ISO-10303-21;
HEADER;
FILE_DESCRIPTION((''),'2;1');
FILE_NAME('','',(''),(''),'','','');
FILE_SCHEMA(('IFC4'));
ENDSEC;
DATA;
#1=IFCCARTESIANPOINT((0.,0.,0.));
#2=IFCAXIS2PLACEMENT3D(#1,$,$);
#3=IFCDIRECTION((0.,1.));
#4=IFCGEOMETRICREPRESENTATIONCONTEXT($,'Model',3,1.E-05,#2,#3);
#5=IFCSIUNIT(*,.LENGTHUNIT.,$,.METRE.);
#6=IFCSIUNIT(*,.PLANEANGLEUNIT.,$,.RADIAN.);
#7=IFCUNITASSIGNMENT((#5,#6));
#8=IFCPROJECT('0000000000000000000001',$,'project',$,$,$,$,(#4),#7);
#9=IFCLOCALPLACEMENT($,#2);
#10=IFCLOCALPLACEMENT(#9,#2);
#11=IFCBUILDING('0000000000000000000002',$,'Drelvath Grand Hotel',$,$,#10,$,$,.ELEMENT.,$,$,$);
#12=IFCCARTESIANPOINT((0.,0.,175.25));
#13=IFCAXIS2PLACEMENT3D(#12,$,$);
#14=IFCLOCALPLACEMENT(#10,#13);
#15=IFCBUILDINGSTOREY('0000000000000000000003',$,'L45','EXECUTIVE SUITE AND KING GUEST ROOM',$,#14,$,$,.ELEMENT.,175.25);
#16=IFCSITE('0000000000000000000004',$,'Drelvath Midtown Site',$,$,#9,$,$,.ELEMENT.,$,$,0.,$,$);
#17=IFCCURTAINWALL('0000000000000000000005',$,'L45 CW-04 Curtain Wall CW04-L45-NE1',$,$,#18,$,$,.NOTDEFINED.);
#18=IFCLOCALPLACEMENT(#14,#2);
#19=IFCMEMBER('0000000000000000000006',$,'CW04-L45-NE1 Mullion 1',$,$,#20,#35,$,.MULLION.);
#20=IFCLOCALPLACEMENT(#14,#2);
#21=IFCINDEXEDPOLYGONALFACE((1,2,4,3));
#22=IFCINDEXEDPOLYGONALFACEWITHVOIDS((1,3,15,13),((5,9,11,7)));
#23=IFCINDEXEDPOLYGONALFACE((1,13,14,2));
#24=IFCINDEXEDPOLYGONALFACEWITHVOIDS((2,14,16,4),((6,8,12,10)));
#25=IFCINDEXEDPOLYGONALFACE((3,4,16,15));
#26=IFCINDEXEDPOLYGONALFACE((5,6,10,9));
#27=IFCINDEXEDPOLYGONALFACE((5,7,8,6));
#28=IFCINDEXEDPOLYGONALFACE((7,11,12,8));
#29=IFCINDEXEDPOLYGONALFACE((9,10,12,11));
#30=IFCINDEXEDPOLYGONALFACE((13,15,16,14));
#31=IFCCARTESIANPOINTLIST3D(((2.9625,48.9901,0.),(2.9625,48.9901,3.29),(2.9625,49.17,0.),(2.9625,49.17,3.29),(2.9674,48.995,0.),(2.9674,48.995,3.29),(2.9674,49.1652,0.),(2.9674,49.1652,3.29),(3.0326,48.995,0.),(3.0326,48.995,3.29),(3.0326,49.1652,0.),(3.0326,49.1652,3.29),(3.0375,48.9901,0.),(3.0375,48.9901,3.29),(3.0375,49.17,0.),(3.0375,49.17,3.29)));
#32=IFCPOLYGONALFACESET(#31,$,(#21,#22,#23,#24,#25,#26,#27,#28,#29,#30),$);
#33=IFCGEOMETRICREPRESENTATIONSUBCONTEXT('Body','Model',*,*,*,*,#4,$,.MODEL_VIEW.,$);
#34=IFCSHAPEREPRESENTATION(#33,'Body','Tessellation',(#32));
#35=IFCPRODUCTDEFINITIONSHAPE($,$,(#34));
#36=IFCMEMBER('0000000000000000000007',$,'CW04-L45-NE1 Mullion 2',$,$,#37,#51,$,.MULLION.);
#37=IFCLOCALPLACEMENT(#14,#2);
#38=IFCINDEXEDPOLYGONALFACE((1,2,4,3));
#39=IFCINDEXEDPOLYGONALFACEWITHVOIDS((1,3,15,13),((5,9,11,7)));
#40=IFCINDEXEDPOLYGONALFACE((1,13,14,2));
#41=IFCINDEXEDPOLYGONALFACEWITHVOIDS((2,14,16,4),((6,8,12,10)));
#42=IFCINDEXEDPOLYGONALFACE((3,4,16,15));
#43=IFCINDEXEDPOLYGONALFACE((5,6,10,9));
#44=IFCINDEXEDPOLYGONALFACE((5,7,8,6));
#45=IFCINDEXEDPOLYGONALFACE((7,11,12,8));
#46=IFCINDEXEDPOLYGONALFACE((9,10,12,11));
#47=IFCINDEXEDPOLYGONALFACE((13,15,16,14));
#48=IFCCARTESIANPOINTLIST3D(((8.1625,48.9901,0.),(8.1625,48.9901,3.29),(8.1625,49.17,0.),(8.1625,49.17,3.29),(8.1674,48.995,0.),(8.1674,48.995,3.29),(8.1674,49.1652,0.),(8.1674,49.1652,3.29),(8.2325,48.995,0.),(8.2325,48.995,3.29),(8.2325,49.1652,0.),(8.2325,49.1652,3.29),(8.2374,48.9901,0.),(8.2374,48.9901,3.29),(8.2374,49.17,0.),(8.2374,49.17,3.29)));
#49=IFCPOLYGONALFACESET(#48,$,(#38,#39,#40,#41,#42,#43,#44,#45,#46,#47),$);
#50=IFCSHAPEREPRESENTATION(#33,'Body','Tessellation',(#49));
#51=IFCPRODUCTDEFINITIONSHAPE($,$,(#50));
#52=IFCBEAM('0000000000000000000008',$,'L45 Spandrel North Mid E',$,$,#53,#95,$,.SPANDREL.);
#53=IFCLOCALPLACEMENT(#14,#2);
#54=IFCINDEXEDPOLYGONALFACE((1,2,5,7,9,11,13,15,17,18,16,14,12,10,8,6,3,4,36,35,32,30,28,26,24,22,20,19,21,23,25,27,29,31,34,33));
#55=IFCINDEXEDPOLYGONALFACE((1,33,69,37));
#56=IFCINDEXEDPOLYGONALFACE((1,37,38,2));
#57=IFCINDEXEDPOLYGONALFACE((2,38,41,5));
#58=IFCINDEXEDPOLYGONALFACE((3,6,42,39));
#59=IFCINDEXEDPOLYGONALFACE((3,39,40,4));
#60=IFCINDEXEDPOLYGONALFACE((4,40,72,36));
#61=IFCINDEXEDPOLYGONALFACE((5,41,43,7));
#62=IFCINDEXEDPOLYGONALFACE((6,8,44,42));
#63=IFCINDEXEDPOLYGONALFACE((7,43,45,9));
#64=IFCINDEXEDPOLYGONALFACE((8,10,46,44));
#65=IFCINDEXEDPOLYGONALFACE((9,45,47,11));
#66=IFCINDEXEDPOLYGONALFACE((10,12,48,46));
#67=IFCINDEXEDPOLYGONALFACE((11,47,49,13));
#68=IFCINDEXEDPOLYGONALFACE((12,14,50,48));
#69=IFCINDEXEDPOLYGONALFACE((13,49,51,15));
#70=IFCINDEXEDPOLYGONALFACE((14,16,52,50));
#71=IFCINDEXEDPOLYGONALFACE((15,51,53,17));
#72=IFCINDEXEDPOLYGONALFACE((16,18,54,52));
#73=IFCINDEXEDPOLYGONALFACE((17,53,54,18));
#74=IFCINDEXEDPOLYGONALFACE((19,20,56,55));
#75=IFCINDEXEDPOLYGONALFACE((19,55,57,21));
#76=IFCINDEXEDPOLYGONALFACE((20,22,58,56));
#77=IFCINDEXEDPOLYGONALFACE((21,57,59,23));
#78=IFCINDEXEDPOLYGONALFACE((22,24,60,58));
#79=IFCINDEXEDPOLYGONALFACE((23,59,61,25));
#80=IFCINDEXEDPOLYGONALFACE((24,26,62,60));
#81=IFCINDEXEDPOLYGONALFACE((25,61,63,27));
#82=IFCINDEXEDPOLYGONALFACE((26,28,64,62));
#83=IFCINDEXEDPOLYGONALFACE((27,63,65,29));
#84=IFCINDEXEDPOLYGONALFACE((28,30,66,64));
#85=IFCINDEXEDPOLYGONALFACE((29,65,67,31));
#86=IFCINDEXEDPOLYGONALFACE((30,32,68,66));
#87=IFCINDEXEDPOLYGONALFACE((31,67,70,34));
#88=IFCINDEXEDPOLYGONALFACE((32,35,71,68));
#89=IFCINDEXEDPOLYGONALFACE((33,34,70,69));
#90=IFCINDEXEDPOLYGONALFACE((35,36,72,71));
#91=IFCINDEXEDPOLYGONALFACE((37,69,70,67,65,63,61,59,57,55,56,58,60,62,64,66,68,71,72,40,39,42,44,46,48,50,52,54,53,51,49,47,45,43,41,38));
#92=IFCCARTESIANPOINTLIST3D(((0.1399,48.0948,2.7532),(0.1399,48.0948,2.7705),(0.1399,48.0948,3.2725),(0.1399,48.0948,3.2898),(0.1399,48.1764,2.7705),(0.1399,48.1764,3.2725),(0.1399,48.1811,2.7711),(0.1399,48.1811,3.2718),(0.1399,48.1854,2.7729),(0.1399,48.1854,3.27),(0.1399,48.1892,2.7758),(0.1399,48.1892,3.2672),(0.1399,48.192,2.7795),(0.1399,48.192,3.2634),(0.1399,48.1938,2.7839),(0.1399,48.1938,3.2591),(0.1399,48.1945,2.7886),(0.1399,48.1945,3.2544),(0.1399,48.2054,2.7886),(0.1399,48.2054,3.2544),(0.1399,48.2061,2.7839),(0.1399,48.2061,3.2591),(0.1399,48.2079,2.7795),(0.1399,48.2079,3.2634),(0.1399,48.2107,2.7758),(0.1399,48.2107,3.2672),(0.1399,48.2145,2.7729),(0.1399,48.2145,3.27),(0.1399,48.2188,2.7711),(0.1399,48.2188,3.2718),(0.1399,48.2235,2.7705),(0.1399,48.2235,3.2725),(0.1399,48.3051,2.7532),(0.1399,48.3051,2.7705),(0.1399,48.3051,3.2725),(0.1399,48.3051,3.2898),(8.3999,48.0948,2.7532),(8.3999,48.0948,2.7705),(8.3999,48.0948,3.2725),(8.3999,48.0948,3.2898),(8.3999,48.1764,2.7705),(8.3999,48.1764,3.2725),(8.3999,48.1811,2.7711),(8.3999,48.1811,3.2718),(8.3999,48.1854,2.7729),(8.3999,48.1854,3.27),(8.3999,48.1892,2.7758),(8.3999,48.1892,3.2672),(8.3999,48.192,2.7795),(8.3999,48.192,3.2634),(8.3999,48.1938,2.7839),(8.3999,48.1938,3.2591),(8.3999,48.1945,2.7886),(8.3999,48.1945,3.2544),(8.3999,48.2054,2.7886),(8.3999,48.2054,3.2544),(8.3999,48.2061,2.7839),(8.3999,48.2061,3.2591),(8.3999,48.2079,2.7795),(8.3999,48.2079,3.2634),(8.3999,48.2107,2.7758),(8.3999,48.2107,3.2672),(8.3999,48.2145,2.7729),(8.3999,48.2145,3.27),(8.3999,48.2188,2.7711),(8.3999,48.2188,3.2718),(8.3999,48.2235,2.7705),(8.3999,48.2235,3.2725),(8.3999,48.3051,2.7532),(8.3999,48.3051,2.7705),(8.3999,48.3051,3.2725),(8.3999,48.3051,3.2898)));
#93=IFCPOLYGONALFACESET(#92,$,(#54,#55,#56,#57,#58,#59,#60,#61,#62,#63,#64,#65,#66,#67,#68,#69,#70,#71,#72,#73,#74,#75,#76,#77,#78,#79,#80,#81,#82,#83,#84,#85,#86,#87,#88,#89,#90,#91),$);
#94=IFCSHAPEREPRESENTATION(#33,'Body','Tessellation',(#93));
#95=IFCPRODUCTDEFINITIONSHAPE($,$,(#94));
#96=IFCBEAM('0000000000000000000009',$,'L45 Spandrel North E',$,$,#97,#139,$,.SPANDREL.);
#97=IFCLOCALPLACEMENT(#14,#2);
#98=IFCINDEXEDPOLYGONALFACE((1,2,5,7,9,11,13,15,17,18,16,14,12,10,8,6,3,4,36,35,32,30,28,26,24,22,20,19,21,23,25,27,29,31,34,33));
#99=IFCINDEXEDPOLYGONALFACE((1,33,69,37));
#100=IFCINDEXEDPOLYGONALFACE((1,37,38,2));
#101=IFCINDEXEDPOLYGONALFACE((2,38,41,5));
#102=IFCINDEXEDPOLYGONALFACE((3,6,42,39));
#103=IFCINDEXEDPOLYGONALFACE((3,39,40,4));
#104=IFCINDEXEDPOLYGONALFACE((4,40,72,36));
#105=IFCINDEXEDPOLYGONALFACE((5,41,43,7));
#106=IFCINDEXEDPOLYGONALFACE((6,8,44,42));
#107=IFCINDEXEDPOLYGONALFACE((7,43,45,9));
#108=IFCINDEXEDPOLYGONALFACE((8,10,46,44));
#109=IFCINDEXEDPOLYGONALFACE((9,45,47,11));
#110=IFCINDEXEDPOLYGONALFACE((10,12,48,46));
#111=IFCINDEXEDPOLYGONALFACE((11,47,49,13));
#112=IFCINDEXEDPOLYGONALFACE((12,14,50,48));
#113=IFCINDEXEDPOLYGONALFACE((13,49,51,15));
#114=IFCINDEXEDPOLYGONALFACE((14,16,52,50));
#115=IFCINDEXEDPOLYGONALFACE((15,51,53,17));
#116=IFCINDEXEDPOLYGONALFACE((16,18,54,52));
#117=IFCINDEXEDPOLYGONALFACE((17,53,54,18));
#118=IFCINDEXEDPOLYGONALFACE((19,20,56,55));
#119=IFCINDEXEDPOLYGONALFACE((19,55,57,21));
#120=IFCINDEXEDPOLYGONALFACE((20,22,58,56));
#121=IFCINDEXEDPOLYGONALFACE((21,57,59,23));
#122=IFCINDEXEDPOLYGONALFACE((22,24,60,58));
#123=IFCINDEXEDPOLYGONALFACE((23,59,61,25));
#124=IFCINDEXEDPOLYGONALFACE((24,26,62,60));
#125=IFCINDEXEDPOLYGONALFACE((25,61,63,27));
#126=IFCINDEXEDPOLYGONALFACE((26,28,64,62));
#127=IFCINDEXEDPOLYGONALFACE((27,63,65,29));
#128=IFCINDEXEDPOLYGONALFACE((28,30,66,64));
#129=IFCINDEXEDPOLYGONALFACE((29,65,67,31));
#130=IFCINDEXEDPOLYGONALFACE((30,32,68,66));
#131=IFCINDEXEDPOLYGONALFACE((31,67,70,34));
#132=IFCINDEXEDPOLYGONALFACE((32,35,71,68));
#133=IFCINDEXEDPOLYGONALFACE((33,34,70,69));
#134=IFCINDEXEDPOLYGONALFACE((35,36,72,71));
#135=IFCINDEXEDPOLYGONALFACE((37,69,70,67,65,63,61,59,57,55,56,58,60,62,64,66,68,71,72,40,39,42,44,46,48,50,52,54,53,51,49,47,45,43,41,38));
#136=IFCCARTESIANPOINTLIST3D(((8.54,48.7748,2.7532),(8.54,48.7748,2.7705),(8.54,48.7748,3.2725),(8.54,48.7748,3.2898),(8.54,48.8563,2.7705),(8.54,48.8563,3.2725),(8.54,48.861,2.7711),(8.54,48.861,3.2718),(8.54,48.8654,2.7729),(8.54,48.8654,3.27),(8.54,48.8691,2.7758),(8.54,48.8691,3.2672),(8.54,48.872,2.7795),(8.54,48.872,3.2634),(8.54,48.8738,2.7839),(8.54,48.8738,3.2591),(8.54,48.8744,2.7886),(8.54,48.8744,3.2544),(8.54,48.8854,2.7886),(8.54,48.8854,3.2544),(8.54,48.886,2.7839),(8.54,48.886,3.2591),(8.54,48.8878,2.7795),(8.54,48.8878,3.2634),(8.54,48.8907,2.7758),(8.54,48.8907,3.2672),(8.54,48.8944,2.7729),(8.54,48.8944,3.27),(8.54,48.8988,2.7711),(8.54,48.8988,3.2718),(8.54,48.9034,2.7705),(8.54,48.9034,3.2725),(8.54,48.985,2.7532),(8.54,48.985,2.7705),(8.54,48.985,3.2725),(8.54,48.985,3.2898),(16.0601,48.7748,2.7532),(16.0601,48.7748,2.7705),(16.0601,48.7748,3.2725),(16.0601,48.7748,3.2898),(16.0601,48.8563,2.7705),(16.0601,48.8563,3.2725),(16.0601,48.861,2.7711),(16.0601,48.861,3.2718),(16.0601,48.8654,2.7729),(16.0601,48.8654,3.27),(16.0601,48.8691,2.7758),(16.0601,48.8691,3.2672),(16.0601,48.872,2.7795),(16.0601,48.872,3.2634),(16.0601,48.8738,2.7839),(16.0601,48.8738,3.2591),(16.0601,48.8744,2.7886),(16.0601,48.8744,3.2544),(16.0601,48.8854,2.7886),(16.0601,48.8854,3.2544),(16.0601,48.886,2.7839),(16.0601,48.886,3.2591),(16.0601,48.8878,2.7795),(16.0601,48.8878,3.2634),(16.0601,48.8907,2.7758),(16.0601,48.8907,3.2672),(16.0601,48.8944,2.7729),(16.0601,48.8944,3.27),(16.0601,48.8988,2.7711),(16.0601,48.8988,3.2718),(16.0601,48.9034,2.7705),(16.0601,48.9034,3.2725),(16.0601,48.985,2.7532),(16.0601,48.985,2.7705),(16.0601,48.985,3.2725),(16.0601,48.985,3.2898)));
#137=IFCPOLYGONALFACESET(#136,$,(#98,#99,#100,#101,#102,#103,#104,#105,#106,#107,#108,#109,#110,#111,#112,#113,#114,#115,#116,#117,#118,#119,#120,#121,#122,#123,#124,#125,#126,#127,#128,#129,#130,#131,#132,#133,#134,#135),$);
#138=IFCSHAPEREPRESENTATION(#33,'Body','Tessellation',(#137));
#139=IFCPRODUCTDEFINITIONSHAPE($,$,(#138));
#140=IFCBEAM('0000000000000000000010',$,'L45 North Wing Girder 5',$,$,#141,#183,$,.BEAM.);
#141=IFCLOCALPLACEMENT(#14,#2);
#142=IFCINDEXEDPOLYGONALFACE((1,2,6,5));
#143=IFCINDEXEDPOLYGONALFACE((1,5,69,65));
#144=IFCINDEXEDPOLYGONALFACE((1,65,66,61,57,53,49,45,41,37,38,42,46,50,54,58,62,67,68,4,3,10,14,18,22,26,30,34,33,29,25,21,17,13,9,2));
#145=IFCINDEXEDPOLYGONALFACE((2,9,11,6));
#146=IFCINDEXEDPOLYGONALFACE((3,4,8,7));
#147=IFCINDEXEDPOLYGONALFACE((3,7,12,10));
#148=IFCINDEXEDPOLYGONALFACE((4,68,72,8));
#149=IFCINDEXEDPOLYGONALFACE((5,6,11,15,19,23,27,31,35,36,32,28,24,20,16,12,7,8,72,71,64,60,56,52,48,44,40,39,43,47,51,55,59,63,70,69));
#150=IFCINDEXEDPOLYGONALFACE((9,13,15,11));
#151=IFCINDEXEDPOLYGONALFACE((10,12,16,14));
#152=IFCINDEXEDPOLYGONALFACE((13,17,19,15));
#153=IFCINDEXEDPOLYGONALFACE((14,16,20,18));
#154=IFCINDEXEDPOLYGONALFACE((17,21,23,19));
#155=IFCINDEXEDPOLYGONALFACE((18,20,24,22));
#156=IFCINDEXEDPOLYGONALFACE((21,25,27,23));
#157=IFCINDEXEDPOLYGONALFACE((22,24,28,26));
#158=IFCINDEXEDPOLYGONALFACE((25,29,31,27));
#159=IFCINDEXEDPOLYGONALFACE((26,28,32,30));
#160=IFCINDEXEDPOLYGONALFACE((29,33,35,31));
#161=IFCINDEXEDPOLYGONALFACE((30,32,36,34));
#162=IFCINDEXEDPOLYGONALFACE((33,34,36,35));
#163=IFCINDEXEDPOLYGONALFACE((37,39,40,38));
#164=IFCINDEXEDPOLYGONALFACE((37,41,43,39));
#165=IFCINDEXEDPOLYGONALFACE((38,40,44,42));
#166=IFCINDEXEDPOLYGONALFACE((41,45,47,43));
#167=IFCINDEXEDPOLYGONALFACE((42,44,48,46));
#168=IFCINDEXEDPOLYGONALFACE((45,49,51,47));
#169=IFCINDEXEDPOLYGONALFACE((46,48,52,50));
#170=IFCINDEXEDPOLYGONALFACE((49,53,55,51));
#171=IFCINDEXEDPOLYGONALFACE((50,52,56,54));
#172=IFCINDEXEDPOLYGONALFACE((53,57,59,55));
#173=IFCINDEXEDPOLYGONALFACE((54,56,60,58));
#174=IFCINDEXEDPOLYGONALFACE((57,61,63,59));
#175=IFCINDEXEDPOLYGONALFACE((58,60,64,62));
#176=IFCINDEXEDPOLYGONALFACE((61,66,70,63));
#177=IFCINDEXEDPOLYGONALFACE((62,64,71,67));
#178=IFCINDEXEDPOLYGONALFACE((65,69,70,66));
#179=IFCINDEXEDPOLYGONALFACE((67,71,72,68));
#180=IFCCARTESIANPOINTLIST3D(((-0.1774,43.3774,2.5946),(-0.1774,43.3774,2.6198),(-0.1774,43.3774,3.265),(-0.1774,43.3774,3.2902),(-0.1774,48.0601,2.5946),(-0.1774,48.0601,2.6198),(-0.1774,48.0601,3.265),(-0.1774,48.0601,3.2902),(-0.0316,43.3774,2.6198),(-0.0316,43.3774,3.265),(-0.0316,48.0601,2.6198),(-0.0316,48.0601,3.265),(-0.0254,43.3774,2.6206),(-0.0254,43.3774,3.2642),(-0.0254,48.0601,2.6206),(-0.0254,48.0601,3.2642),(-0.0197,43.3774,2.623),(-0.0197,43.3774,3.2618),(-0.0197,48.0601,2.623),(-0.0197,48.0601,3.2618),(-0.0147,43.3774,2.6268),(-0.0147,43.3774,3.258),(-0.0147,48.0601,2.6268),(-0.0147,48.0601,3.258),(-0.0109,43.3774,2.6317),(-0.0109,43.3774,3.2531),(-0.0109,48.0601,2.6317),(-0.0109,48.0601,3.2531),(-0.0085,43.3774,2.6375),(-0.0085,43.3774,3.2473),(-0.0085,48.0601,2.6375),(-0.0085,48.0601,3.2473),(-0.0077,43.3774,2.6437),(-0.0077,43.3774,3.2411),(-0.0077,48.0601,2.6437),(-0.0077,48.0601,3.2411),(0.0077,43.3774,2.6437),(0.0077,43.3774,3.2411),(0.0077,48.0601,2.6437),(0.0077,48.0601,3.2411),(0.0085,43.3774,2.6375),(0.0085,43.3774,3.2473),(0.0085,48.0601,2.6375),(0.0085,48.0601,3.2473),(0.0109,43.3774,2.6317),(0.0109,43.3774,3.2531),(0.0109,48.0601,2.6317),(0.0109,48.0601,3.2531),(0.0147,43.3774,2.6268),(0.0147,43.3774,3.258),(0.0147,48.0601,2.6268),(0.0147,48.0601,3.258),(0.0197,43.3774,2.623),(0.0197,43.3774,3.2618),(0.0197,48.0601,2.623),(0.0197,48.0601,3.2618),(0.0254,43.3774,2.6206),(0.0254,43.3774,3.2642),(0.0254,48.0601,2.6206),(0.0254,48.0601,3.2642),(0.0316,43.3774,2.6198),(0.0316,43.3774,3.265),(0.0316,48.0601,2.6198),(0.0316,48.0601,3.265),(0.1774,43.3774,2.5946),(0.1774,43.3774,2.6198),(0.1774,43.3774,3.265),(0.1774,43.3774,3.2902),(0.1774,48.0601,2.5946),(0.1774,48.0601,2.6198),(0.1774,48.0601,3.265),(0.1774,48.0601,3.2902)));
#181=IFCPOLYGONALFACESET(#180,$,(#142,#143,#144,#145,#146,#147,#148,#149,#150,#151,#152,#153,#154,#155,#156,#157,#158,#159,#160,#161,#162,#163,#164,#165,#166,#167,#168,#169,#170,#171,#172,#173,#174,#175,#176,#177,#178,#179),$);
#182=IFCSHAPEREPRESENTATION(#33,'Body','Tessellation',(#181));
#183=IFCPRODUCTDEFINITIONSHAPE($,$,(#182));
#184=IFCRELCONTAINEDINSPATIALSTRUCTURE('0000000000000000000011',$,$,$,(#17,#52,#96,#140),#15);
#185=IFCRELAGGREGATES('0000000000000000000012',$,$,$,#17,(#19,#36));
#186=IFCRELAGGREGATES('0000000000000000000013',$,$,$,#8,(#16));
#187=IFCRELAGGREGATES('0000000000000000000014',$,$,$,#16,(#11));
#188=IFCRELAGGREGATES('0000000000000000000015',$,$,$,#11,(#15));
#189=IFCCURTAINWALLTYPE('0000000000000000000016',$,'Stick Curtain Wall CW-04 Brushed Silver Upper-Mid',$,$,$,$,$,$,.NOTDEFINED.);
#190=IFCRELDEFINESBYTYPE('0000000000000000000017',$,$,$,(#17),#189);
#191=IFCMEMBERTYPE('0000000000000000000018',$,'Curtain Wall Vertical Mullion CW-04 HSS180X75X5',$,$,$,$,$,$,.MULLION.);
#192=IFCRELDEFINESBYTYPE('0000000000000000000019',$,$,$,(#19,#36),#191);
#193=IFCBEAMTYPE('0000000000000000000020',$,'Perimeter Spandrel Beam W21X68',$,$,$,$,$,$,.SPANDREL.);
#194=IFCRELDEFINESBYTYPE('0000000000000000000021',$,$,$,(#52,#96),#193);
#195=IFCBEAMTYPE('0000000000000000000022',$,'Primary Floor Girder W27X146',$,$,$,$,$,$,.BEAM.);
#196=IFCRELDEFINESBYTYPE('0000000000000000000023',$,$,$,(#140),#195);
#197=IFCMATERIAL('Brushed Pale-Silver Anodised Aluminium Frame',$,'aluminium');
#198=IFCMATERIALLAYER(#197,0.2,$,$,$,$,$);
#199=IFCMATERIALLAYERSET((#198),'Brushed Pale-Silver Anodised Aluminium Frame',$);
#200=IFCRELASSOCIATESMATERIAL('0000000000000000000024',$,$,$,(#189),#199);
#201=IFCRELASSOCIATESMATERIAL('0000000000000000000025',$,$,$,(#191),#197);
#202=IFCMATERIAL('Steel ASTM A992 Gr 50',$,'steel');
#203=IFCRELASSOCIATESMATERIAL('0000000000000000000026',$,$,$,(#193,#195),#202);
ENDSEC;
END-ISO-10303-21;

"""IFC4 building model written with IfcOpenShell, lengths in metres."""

from ifc_helpers import new_model, si_unit, direction, frame, origin, origin_2d, place, context, subcontext, project, spatial, hollow_rectangle, i_section, extrude, material, layer, layer_set, material_profile, profile_set, type_object, element, aggregate, save


model = new_model("IFC4")

# Units and contexts
model_context = context("Model", 3, precision=1e-05, world=origin(), true_north=direction((0.0, 1.0)))
body_context = subcontext(model_context, "Body", "Model", "MODEL_VIEW")
ifc_project = project(units=[si_unit("LENGTHUNIT", "METRE"), si_unit("PLANEANGLEUNIT", "RADIAN")], contexts=[model_context])

# Site, building, storey
site_placement = place(None, origin())
site = spatial("IfcSite", under=ifc_project, at=site_placement, Name="Drelvath Midtown Site", CompositionType="ELEMENT", RefElevation=0.0)
building_placement = place(site_placement, origin())
building = spatial("IfcBuilding", under=site, at=building_placement, Name="Drelvath Grand Hotel", CompositionType="ELEMENT")
storey_placement = place(building_placement, frame((0.0, 0.0, 175.25)))
storey = spatial("IfcBuildingStorey", under=building, at=storey_placement, Name="L45", Description="EXECUTIVE SUITE AND KING GUEST ROOM", CompositionType="ELEMENT", Elevation=175.25)

# Curtain wall
ifc_material_1 = material(Name="Brushed Pale-Silver Anodised Aluminium Frame", Category="aluminium")
ifc_layer_1 = layer(ifc_material_1, 0.2)
ifc_layer_set_1 = layer_set([ifc_layer_1], Name="Brushed Pale-Silver Anodised Aluminium Frame")
curtain_wall_type = type_object("IfcCurtainWallType", Name="Stick Curtain Wall CW-04 Brushed Silver Upper-Mid", PredefinedType="NOTDEFINED", material=ifc_layer_set_1)
curtain_wall_1_placement = place(storey_placement, origin())
curtain_wall_1 = element("IfcCurtainWall", 1, at=curtain_wall_1_placement, inside=storey, type_object=curtain_wall_type, Name="L45 CW-04 Curtain Wall CW04-L45-NE1", PredefinedType="NOTDEFINED")
ifc_material_profile_1 = material_profile(ifc_material_1, hollow_rectangle(XDim=0.075, YDim=0.1799, WallThickness=0.0049, at=origin_2d()), Name="HSS180X75X5")
ifc_profile_set_1 = profile_set([ifc_material_profile_1], Name="Brushed Pale-Silver Anodised Aluminium Frame")
member_type_1 = type_object("IfcMemberType", Name="Curtain Wall Vertical Mullion CW-04 HSS180X75X5", PredefinedType="MULLION", material=ifc_profile_set_1)

# Members
member_1_placement = place(storey_placement, frame((3.0, 49.0801, 0.0), z_axis=(0.0, 0.0, 1.0), x_axis=(1.0, 0.0, 0.0)))
member_1 = element("IfcMember", 2, at=member_1_placement, type_object=member_type_1, Name="CW04-L45-NE1 Mullion 1", PredefinedType="MULLION", context=body_context, shape_type="SweptSolid", body=[
    extrude(hollow_rectangle(XDim=0.075, YDim=0.1799, WallThickness=0.0049, at=origin_2d()), origin(), (0.0, 0.0, 1.0), 3.29),
])
member_2_placement = place(storey_placement, frame((8.2, 49.0801, 0.0), z_axis=(0.0, 0.0, 1.0), x_axis=(1.0, 0.0, 0.0)))
member_2 = element("IfcMember", 3, at=member_2_placement, type_object=member_type_1, Name="CW04-L45-NE1 Mullion 2", PredefinedType="MULLION", context=body_context, shape_type="SweptSolid", body=[
    extrude(hollow_rectangle(XDim=0.075, YDim=0.1799, WallThickness=0.0049, at=origin_2d()), origin(), (0.0, 0.0, 1.0), 3.29),
])

# Beams
ifc_material_2 = material(Name="Steel ASTM A992 Gr 50", Category="steel")
ifc_material_profile_2 = material_profile(ifc_material_2, i_section(OverallWidth=0.2102, OverallDepth=0.5366, WebThickness=0.011, FlangeThickness=0.0173, FilletRadius=0.0181, at=origin_2d()), Name="W21X68")
ifc_profile_set_2 = profile_set([ifc_material_profile_2], Name="Steel ASTM A992 Gr 50")
beam_type_1 = type_object("IfcBeamType", Name="Perimeter Spandrel Beam W21X68", PredefinedType="SPANDREL", material=ifc_profile_set_2)
beam_1_placement = place(storey_placement, frame((0.1399, 48.2, 3.0215), z_axis=(1.0, 0.0, 0.0), x_axis=(0.0, 1.0, 0.0)))
element("IfcBeam", 4, at=beam_1_placement, inside=storey, type_object=beam_type_1, Name="L45 Spandrel North Mid E", PredefinedType="SPANDREL", context=body_context, shape_type="SweptSolid", body=[
    extrude(i_section(OverallWidth=0.2102, OverallDepth=0.5366, WebThickness=0.011, FlangeThickness=0.0173, FilletRadius=0.0181, at=origin_2d()), origin(), (0.0, 0.0, 1.0), 8.26),
])
beam_2_placement = place(storey_placement, frame((8.54, 48.8799, 3.0215), z_axis=(1.0, 0.0, 0.0), x_axis=(0.0, 1.0, 0.0)))
element("IfcBeam", 5, at=beam_2_placement, inside=storey, type_object=beam_type_1, Name="L45 Spandrel North E", PredefinedType="SPANDREL", context=body_context, shape_type="SweptSolid", body=[
    extrude(i_section(OverallWidth=0.2102, OverallDepth=0.5366, WebThickness=0.011, FlangeThickness=0.0173, FilletRadius=0.0181, at=origin_2d()), origin(), (0.0, 0.0, 1.0), 7.52),
])
ifc_material_profile_3 = material_profile(ifc_material_2, i_section(OverallWidth=0.3547, OverallDepth=0.6956, WebThickness=0.0154, FlangeThickness=0.0251, FilletRadius=0.0239, at=origin_2d()), Name="W27X146")
ifc_profile_set_3 = profile_set([ifc_material_profile_3], Name="Steel ASTM A992 Gr 50")
beam_type_2 = type_object("IfcBeamType", Name="Primary Floor Girder W27X146", PredefinedType="BEAM", material=ifc_profile_set_3)
beam_3_placement = place(storey_placement, frame((0.0, 43.3774, 2.9424), z_axis=(0.0, 1.0, 0.0), x_axis=(-1.0, 0.0, 0.0)))
element("IfcBeam", 6, at=beam_3_placement, inside=storey, type_object=beam_type_2, Name="L45 North Wing Girder 5", PredefinedType="BEAM", context=body_context, shape_type="SweptSolid", body=[
    extrude(i_section(OverallWidth=0.3547, OverallDepth=0.6956, WebThickness=0.0154, FlangeThickness=0.0251, FilletRadius=0.0239, at=origin_2d()), origin(), (0.0, 0.0, 1.0), 4.6826),
])

aggregate(curtain_wall_1, [member_1, member_2])

save(model, "model.ifc")
